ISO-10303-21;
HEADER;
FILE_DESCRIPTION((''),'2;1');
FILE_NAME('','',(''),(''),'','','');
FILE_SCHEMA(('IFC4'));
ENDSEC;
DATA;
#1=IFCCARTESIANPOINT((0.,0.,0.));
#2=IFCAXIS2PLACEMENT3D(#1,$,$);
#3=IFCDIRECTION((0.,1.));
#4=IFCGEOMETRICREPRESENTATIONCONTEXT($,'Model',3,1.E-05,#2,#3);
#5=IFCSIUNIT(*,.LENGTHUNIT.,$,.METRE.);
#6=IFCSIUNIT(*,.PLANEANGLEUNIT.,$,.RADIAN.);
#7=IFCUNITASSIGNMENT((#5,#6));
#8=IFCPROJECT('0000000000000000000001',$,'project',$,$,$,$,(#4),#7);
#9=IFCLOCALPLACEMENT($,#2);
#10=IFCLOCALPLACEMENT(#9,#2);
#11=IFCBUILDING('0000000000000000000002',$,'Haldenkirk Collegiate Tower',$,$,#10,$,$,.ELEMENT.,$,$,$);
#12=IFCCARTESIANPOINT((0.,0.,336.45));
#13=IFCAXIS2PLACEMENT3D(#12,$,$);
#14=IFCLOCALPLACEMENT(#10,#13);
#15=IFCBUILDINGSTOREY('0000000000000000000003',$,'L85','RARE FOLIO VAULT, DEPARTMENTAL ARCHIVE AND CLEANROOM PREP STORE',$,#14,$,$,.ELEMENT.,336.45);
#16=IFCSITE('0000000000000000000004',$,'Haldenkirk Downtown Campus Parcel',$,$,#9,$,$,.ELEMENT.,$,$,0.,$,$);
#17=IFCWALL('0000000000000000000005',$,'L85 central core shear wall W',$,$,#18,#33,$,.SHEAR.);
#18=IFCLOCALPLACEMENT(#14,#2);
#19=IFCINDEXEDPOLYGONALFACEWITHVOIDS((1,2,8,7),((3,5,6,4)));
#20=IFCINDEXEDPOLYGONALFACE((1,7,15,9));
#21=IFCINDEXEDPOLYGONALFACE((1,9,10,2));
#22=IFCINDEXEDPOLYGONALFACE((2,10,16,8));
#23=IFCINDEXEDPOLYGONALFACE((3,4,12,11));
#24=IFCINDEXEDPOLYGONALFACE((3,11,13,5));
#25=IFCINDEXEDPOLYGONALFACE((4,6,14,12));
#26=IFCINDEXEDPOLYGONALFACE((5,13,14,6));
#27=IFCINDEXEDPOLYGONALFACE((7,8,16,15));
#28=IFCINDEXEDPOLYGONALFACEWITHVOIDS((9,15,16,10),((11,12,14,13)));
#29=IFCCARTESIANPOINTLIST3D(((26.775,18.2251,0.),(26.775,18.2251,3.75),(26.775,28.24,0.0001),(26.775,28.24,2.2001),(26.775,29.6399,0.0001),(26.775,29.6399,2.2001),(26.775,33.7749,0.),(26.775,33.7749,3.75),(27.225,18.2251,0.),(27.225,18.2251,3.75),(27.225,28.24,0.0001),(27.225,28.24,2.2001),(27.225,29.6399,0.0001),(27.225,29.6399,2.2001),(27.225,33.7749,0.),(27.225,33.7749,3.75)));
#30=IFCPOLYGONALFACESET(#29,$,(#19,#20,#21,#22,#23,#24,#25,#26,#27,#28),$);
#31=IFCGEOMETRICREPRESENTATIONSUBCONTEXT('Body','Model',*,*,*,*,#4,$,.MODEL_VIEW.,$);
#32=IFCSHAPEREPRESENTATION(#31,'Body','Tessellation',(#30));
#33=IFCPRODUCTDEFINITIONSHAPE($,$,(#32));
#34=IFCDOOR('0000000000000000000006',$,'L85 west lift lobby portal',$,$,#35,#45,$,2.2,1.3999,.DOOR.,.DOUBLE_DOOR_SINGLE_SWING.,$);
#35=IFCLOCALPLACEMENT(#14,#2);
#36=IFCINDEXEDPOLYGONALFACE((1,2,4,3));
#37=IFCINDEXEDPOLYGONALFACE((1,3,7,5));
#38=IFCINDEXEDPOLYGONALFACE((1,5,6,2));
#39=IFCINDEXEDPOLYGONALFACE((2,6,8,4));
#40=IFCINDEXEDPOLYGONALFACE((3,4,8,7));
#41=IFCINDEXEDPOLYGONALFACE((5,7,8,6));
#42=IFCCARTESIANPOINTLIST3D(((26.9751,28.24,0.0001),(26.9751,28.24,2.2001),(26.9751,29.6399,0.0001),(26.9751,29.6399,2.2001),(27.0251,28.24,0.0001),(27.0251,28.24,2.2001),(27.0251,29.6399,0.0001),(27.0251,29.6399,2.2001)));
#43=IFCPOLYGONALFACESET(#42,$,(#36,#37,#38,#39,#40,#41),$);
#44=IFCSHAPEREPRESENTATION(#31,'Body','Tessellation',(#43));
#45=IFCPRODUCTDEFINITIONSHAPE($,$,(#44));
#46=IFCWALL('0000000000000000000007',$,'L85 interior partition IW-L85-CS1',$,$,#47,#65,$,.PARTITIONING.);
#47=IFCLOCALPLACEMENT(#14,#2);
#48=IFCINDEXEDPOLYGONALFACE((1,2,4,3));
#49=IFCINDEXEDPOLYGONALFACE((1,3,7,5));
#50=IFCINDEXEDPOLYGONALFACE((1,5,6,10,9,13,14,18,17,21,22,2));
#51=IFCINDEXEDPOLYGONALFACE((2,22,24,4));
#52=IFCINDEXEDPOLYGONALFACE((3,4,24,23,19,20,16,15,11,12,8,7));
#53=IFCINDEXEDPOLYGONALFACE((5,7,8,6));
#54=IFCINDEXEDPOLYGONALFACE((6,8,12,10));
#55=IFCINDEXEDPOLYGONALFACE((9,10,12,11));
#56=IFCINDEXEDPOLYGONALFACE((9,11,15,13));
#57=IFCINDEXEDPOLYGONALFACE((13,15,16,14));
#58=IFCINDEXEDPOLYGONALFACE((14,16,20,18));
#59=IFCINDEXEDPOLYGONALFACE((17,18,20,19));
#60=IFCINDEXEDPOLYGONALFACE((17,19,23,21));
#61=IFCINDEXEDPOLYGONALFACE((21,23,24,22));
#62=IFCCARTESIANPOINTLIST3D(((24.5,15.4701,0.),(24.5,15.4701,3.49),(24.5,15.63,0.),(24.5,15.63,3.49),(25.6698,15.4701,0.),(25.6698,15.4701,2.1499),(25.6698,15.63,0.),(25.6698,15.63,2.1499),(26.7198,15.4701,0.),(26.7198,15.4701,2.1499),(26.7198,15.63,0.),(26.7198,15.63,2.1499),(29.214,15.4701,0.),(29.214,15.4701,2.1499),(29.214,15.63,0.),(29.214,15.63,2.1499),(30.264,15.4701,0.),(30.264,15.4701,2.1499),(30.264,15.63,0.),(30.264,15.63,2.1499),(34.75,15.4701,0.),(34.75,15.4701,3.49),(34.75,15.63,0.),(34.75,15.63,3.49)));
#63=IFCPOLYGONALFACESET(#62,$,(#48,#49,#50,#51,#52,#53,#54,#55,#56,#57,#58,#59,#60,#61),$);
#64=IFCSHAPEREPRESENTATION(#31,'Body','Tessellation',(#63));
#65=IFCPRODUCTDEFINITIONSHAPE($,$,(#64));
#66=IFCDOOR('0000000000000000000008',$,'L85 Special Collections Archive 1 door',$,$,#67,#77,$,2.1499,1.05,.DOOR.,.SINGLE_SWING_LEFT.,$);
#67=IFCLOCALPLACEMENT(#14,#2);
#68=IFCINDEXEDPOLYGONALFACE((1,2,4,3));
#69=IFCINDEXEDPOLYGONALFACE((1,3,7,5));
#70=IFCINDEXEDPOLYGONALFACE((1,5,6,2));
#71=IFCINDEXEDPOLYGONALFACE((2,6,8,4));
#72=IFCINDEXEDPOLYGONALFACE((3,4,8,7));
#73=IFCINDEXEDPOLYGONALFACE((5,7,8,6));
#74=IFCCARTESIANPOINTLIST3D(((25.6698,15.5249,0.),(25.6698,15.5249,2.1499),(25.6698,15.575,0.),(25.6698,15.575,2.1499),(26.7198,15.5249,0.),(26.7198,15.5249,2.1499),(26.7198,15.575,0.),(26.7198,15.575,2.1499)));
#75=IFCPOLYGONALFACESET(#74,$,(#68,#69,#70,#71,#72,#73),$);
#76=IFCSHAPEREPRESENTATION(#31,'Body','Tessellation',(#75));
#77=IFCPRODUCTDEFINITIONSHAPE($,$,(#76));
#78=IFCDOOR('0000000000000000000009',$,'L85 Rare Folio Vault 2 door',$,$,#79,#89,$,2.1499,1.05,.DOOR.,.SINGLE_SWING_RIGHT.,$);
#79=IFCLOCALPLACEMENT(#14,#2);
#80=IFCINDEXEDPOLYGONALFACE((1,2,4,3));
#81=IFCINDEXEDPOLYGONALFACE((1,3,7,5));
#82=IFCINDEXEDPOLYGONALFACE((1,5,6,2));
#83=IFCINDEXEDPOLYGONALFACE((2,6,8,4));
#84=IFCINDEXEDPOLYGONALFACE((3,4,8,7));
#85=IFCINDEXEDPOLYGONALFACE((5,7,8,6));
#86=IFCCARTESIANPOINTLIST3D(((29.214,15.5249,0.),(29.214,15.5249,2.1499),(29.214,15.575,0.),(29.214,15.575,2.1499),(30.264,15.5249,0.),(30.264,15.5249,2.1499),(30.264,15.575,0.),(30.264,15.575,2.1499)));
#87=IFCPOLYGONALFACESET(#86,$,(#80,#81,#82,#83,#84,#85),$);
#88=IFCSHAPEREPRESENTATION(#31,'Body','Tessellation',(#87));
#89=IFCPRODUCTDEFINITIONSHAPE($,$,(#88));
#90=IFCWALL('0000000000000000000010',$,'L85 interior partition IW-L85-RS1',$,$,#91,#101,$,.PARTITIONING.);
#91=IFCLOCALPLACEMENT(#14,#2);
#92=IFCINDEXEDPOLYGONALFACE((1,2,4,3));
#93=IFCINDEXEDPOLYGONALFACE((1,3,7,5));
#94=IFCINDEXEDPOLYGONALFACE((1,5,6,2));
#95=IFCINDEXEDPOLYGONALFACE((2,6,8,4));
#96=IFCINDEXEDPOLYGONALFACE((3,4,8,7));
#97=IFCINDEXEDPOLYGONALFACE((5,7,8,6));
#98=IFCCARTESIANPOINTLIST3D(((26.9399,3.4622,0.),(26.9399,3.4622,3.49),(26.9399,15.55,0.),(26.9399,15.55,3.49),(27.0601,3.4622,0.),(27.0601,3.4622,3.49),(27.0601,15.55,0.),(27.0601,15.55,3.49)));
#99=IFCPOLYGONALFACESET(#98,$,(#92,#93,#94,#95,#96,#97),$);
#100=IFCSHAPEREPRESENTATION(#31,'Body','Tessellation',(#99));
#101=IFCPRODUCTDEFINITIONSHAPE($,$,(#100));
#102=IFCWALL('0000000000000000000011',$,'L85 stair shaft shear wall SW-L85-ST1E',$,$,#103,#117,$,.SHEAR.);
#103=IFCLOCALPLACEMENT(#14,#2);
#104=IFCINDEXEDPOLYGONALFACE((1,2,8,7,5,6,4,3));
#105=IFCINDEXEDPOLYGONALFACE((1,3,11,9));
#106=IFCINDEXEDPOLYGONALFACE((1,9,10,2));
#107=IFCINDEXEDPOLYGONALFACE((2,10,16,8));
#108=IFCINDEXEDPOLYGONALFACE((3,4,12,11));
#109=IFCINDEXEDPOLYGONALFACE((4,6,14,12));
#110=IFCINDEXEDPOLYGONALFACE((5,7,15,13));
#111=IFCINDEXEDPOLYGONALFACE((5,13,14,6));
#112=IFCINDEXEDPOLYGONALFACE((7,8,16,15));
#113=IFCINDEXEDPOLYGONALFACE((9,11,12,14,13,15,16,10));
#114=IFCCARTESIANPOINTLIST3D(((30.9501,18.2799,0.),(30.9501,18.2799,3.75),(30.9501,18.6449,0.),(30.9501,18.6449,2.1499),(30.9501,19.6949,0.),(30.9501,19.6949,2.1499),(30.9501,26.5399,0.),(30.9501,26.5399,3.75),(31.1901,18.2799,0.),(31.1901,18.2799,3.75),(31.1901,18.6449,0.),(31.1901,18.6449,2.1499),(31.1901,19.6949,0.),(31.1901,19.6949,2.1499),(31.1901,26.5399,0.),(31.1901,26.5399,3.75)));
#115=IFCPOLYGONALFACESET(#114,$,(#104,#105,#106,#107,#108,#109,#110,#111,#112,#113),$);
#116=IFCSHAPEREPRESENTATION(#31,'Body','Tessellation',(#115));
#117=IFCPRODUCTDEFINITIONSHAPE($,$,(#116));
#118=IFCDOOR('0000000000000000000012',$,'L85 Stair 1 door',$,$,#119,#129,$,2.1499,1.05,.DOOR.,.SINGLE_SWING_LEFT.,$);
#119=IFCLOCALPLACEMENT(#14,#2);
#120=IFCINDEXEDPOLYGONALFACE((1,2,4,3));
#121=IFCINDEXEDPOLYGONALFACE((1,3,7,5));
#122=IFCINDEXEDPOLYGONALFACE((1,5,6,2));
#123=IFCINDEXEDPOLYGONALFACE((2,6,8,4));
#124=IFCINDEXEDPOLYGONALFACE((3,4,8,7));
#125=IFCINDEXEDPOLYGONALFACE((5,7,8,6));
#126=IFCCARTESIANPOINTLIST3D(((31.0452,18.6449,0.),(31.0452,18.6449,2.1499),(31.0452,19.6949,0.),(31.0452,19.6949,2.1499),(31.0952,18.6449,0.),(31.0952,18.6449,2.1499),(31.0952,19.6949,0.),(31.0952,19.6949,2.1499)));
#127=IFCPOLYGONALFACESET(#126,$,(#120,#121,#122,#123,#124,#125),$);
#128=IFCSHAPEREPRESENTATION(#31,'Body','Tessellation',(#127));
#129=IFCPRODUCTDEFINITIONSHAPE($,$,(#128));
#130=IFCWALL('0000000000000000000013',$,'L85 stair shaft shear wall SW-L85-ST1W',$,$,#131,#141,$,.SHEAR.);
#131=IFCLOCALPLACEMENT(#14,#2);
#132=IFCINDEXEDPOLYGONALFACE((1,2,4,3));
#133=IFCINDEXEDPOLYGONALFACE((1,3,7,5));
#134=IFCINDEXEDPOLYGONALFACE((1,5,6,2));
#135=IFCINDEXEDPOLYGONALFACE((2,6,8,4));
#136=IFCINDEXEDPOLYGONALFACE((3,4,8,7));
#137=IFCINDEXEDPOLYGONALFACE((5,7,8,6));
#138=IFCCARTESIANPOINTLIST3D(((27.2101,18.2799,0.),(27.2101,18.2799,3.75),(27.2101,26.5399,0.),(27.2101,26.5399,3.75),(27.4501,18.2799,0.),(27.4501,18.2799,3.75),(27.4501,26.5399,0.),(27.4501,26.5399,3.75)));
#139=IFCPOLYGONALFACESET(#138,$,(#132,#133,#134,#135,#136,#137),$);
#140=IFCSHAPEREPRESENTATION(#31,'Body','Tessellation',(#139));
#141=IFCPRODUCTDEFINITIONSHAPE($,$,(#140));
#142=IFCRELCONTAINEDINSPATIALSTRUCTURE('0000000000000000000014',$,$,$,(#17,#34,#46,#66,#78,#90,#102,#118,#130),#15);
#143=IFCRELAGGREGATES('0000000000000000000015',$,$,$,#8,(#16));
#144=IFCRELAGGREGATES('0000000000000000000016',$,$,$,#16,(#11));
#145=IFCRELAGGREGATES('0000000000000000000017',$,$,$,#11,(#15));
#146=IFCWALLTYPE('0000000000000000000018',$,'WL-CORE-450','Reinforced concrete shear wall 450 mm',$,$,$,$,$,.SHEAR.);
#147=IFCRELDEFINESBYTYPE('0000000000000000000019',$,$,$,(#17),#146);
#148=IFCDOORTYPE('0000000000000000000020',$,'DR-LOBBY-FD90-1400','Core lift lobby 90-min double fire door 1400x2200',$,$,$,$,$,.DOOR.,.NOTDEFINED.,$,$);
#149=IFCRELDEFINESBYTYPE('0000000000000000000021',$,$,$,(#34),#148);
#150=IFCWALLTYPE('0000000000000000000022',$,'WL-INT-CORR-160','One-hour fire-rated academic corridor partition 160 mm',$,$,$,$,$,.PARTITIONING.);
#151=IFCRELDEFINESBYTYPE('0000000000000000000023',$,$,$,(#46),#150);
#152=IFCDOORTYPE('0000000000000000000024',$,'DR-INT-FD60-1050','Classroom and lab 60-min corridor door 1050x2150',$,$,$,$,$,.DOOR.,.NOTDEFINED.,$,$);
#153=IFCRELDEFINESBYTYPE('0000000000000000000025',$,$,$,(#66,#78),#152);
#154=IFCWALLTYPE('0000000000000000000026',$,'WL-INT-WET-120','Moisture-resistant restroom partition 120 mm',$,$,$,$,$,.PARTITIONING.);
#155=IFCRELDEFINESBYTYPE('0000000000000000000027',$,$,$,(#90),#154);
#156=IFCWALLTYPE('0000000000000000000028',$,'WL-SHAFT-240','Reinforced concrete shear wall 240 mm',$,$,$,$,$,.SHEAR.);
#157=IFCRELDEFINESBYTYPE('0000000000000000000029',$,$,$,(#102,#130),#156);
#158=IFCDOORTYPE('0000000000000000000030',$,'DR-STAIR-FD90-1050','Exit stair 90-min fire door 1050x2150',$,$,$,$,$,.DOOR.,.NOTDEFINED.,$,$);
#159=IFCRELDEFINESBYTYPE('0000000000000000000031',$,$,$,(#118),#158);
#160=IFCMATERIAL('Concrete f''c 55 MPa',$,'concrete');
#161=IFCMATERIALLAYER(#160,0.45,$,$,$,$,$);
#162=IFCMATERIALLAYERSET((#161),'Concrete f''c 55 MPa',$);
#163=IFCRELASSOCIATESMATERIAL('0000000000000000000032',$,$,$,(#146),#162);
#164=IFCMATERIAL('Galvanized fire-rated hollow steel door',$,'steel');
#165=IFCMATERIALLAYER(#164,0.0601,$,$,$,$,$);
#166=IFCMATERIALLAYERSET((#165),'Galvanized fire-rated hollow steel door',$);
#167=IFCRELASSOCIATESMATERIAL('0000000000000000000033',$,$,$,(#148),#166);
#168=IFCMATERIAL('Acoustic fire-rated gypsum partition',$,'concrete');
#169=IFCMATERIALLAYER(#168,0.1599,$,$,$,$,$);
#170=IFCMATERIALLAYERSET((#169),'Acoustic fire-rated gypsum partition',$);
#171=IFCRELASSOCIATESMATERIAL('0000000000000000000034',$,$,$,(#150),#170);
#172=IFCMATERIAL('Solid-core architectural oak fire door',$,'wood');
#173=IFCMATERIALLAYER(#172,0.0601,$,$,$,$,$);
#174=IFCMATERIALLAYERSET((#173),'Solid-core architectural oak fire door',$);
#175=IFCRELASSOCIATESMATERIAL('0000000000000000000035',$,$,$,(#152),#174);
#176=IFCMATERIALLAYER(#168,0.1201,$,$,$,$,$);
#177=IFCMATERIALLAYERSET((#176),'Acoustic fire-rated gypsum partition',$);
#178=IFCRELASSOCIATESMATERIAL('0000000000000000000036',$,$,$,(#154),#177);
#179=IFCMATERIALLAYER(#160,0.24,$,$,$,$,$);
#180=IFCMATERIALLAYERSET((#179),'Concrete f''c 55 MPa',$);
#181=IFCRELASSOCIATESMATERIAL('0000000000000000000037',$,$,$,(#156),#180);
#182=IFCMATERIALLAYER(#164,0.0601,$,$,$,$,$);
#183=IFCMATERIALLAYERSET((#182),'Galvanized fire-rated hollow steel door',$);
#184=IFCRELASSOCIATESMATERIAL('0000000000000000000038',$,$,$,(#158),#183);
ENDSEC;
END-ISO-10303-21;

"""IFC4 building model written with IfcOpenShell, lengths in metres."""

from ifc_helpers import new_model, si_unit, direction, frame, frame_2d, origin, place, context, subcontext, project, spatial, rectangle, extrude, material, layer, layer_set, type_object, element, fill, save


model = new_model("IFC4")

# Units and contexts
model_context = context("Model", 3, precision=1e-05, world=origin(), true_north=direction((0.0, 1.0)))
body_context = subcontext(model_context, "Body", "Model", "MODEL_VIEW")
ifc_project = project(units=[si_unit("LENGTHUNIT", "METRE"), si_unit("PLANEANGLEUNIT", "RADIAN")], contexts=[model_context])

# Site, building, storey
site_placement = place(None, origin())
site = spatial("IfcSite", under=ifc_project, at=site_placement, Name="Haldenkirk Downtown Campus Parcel", CompositionType="ELEMENT", RefElevation=0.0)
building_placement = place(site_placement, origin())
building = spatial("IfcBuilding", under=site, at=building_placement, Name="Haldenkirk Collegiate Tower", CompositionType="ELEMENT")
storey_placement = place(building_placement, frame((0.0, 0.0, 336.45)))
storey = spatial("IfcBuildingStorey", under=building, at=storey_placement, Name="L85", Description="RARE FOLIO VAULT, DEPARTMENTAL ARCHIVE AND CLEANROOM PREP STORE", CompositionType="ELEMENT", Elevation=336.45)

# Shared definitions
ifc_material_1 = material(Name="Concrete f'c 55 MPa", Category="concrete")
ifc_layer_1 = layer(ifc_material_1, 0.45)
ifc_layer_set_1 = layer_set([ifc_layer_1], Name="Concrete f'c 55 MPa")
wall_type_1 = type_object("IfcWallType", Name="WL-CORE-450", Description="Reinforced concrete shear wall 450 mm", PredefinedType="SHEAR", material=ifc_layer_set_1)
ifc_material_2 = material(Name="Galvanized fire-rated hollow steel door", Category="steel")

# Wall, opening, door
wall_1_placement = place(storey_placement, frame((27.0, 18.2251, 0.0), z_axis=(0.0, 0.0, 1.0), x_axis=(0.0, 1.0, 0.0)))
wall_1 = element("IfcWall", 1, at=wall_1_placement, inside=storey, type_object=wall_type_1, Name="L85 central core shear wall W", PredefinedType="SHEAR", context=body_context, shape_type="SweptSolid", body=[
    extrude(rectangle(XDim=15.5498, YDim=0.45, at=frame_2d((7.7749, 0.0))), origin(), (0.0, 0.0, 1.0), 3.75),
])
opening_1_placement = place(wall_1_placement, frame((10.0149, 0.0, 0.0)))
opening_1 = element("IfcOpeningElement", 2, at=opening_1_placement, cuts=wall_1, PredefinedType="OPENING", context=body_context, shape_type="SweptSolid", body=[
    extrude(rectangle(XDim=1.3999, YDim=2.2, at=frame_2d((0.7, 1.1001))), frame((0.0, 0.2349, 0.0), z_axis=(0.0, -1.0, 0.0), x_axis=(1.0, 0.0, 0.0)), (0.0, 0.0, 1.0), 0.47),
])
ifc_layer_2 = layer(ifc_material_2, 0.0601)
ifc_layer_set_2 = layer_set([ifc_layer_2], Name="Galvanized fire-rated hollow steel door")
door_type_1 = type_object("IfcDoorType", Name="DR-LOBBY-FD90-1400", Description="Core lift lobby 90-min double fire door 1400x2200", OperationType="NOTDEFINED", PredefinedType="DOOR", material=ifc_layer_set_2)
door_1_placement = place(opening_1_placement, origin())
door_1 = element("IfcDoor", 3, at=door_1_placement, inside=storey, type_object=door_type_1, Name="L85 west lift lobby portal", OperationType="DOUBLE_DOOR_SINGLE_SWING", OverallHeight=2.2, OverallWidth=1.3999, PredefinedType="DOOR", context=body_context, shape_type="SweptSolid", body=[
    extrude(rectangle(XDim=1.3999, YDim=2.2, at=frame_2d((0.7, 1.1001))), frame((0.0, 0.0249, 0.0), z_axis=(0.0, -1.0, 0.0), x_axis=(1.0, 0.0, 0.0)), (0.0, 0.0, 1.0), 0.05),
])
fill(opening_1, door_1)

# Wall, openings, doors
ifc_material_3 = material(Name="Acoustic fire-rated gypsum partition", Category="concrete")
ifc_layer_3 = layer(ifc_material_3, 0.1599)
ifc_layer_set_3 = layer_set([ifc_layer_3], Name="Acoustic fire-rated gypsum partition")
wall_type_2 = type_object("IfcWallType", Name="WL-INT-CORR-160", Description="One-hour fire-rated academic corridor partition 160 mm", PredefinedType="PARTITIONING", material=ifc_layer_set_3)
wall_2_placement = place(storey_placement, frame((24.5, 15.55, 0.0), z_axis=(0.0, 0.0, 1.0), x_axis=(1.0, 0.0, 0.0)))
wall_2 = element("IfcWall", 4, at=wall_2_placement, inside=storey, type_object=wall_type_2, Name="L85 interior partition IW-L85-CS1", PredefinedType="PARTITIONING", context=body_context, shape_type="SweptSolid", body=[
    extrude(rectangle(XDim=10.25, YDim=0.1599, at=frame_2d((5.125, 0.0))), origin(), (0.0, 0.0, 1.0), 3.49),
])
opening_2_placement = place(wall_2_placement, frame((1.1699, 0.0, 0.0)))
opening_2 = element("IfcOpeningElement", 5, at=opening_2_placement, cuts=wall_2, PredefinedType="OPENING", context=body_context, shape_type="SweptSolid", body=[
    extrude(rectangle(XDim=1.05, YDim=2.1499, at=frame_2d((0.5249, 1.075))), frame((0.0, 0.0898, 0.0), z_axis=(0.0, -1.0, 0.0), x_axis=(1.0, 0.0, 0.0)), (0.0, 0.0, 1.0), 0.1799),
])
opening_3_placement = place(wall_2_placement, frame((4.7141, 0.0, 0.0)))
opening_3 = element("IfcOpeningElement", 6, at=opening_3_placement, cuts=wall_2, PredefinedType="OPENING", context=body_context, shape_type="SweptSolid", body=[
    extrude(rectangle(XDim=1.05, YDim=2.1499, at=frame_2d((0.5249, 1.075))), frame((0.0, 0.0898, 0.0), z_axis=(0.0, -1.0, 0.0), x_axis=(1.0, 0.0, 0.0)), (0.0, 0.0, 1.0), 0.1799),
])
ifc_material_4 = material(Name="Solid-core architectural oak fire door", Category="wood")
ifc_layer_4 = layer(ifc_material_4, 0.0601)
ifc_layer_set_4 = layer_set([ifc_layer_4], Name="Solid-core architectural oak fire door")
door_type_2 = type_object("IfcDoorType", Name="DR-INT-FD60-1050", Description="Classroom and lab 60-min corridor door 1050x2150", OperationType="NOTDEFINED", PredefinedType="DOOR", material=ifc_layer_set_4)
door_2_placement = place(opening_2_placement, origin())
door_2 = element("IfcDoor", 7, at=door_2_placement, inside=storey, type_object=door_type_2, Name="L85 Special Collections Archive 1 door", OperationType="SINGLE_SWING_LEFT", OverallHeight=2.1499, OverallWidth=1.05, PredefinedType="DOOR", context=body_context, shape_type="SweptSolid", body=[
    extrude(rectangle(XDim=1.05, YDim=2.1499, at=frame_2d((0.5249, 1.075))), frame((0.0, 0.0249, 0.0), z_axis=(0.0, -1.0, 0.0), x_axis=(1.0, 0.0, 0.0)), (0.0, 0.0, 1.0), 0.05),
])
fill(opening_2, door_2)
door_3_placement = place(opening_3_placement, origin())
door_3 = element("IfcDoor", 8, at=door_3_placement, inside=storey, type_object=door_type_2, Name="L85 Rare Folio Vault 2 door", OperationType="SINGLE_SWING_RIGHT", OverallHeight=2.1499, OverallWidth=1.05, PredefinedType="DOOR", context=body_context, shape_type="SweptSolid", body=[
    extrude(rectangle(XDim=1.05, YDim=2.1499, at=frame_2d((0.5249, 1.075))), frame((0.0, 0.0249, 0.0), z_axis=(0.0, -1.0, 0.0), x_axis=(1.0, 0.0, 0.0)), (0.0, 0.0, 1.0), 0.05),
])
fill(opening_3, door_3)

# Wall
ifc_layer_5 = layer(ifc_material_3, 0.1201)
ifc_layer_set_5 = layer_set([ifc_layer_5], Name="Acoustic fire-rated gypsum partition")
wall_type_3 = type_object("IfcWallType", Name="WL-INT-WET-120", Description="Moisture-resistant restroom partition 120 mm", PredefinedType="PARTITIONING", material=ifc_layer_set_5)
wall_3_placement = place(storey_placement, frame((27.0, 3.4622, 0.0), z_axis=(0.0, 0.0, 1.0), x_axis=(0.0, 1.0, 0.0)))
element("IfcWall", 9, at=wall_3_placement, inside=storey, type_object=wall_type_3, Name="L85 interior partition IW-L85-RS1", PredefinedType="PARTITIONING", context=body_context, shape_type="SweptSolid", body=[
    extrude(rectangle(XDim=12.0879, YDim=0.1201, at=frame_2d((6.0439, 0.0))), origin(), (0.0, 0.0, 1.0), 3.49),
])

# Wall, opening, door
ifc_layer_6 = layer(ifc_material_1, 0.24)
ifc_layer_set_6 = layer_set([ifc_layer_6], Name="Concrete f'c 55 MPa")
wall_type_4 = type_object("IfcWallType", Name="WL-SHAFT-240", Description="Reinforced concrete shear wall 240 mm", PredefinedType="SHEAR", material=ifc_layer_set_6)
wall_4_placement = place(storey_placement, frame((31.0701, 18.28, 0.0), z_axis=(0.0, 0.0, 1.0), x_axis=(0.0, 1.0, 0.0)))
wall_4 = element("IfcWall", 10, at=wall_4_placement, inside=storey, type_object=wall_type_4, Name="L85 stair shaft shear wall SW-L85-ST1E", PredefinedType="SHEAR", context=body_context, shape_type="SweptSolid", body=[
    extrude(rectangle(XDim=8.26, YDim=0.24, at=frame_2d((4.1299, 0.0))), origin(), (0.0, 0.0, 1.0), 3.75),
])
opening_4_placement = place(wall_4_placement, frame((0.365, 0.0, 0.0)))
opening_4 = element("IfcOpeningElement", 11, at=opening_4_placement, cuts=wall_4, PredefinedType="OPENING", context=body_context, shape_type="SweptSolid", body=[
    extrude(rectangle(XDim=1.05, YDim=2.1499, at=frame_2d((0.5249, 1.075))), frame((0.0, 0.1299, 0.0), z_axis=(0.0, -1.0, 0.0), x_axis=(1.0, 0.0, 0.0)), (0.0, 0.0, 1.0), 0.26),
])
ifc_layer_7 = layer(ifc_material_2, 0.0601)
ifc_layer_set_7 = layer_set([ifc_layer_7], Name="Galvanized fire-rated hollow steel door")
door_type_3 = type_object("IfcDoorType", Name="DR-STAIR-FD90-1050", Description="Exit stair 90-min fire door 1050x2150", OperationType="NOTDEFINED", PredefinedType="DOOR", material=ifc_layer_set_7)
door_4_placement = place(opening_4_placement, origin())
door_4 = element("IfcDoor", 12, at=door_4_placement, inside=storey, type_object=door_type_3, Name="L85 Stair 1 door", OperationType="SINGLE_SWING_LEFT", OverallHeight=2.1499, OverallWidth=1.05, PredefinedType="DOOR", context=body_context, shape_type="SweptSolid", body=[
    extrude(rectangle(XDim=1.05, YDim=2.1499, at=frame_2d((0.5249, 1.075))), frame((0.0, 0.0249, 0.0), z_axis=(0.0, -1.0, 0.0), x_axis=(1.0, 0.0, 0.0)), (0.0, 0.0, 1.0), 0.05),
])
fill(opening_4, door_4)

# Wall
wall_5_placement = place(storey_placement, frame((27.3301, 18.28, 0.0), z_axis=(0.0, 0.0, 1.0), x_axis=(0.0, 1.0, 0.0)))
element("IfcWall", 13, at=wall_5_placement, inside=storey, type_object=wall_type_4, Name="L85 stair shaft shear wall SW-L85-ST1W", PredefinedType="SHEAR", context=body_context, shape_type="SweptSolid", body=[
    extrude(rectangle(XDim=8.26, YDim=0.24, at=frame_2d((4.1299, 0.0))), origin(), (0.0, 0.0, 1.0), 3.75),
])

save(model, "model.ifc")
